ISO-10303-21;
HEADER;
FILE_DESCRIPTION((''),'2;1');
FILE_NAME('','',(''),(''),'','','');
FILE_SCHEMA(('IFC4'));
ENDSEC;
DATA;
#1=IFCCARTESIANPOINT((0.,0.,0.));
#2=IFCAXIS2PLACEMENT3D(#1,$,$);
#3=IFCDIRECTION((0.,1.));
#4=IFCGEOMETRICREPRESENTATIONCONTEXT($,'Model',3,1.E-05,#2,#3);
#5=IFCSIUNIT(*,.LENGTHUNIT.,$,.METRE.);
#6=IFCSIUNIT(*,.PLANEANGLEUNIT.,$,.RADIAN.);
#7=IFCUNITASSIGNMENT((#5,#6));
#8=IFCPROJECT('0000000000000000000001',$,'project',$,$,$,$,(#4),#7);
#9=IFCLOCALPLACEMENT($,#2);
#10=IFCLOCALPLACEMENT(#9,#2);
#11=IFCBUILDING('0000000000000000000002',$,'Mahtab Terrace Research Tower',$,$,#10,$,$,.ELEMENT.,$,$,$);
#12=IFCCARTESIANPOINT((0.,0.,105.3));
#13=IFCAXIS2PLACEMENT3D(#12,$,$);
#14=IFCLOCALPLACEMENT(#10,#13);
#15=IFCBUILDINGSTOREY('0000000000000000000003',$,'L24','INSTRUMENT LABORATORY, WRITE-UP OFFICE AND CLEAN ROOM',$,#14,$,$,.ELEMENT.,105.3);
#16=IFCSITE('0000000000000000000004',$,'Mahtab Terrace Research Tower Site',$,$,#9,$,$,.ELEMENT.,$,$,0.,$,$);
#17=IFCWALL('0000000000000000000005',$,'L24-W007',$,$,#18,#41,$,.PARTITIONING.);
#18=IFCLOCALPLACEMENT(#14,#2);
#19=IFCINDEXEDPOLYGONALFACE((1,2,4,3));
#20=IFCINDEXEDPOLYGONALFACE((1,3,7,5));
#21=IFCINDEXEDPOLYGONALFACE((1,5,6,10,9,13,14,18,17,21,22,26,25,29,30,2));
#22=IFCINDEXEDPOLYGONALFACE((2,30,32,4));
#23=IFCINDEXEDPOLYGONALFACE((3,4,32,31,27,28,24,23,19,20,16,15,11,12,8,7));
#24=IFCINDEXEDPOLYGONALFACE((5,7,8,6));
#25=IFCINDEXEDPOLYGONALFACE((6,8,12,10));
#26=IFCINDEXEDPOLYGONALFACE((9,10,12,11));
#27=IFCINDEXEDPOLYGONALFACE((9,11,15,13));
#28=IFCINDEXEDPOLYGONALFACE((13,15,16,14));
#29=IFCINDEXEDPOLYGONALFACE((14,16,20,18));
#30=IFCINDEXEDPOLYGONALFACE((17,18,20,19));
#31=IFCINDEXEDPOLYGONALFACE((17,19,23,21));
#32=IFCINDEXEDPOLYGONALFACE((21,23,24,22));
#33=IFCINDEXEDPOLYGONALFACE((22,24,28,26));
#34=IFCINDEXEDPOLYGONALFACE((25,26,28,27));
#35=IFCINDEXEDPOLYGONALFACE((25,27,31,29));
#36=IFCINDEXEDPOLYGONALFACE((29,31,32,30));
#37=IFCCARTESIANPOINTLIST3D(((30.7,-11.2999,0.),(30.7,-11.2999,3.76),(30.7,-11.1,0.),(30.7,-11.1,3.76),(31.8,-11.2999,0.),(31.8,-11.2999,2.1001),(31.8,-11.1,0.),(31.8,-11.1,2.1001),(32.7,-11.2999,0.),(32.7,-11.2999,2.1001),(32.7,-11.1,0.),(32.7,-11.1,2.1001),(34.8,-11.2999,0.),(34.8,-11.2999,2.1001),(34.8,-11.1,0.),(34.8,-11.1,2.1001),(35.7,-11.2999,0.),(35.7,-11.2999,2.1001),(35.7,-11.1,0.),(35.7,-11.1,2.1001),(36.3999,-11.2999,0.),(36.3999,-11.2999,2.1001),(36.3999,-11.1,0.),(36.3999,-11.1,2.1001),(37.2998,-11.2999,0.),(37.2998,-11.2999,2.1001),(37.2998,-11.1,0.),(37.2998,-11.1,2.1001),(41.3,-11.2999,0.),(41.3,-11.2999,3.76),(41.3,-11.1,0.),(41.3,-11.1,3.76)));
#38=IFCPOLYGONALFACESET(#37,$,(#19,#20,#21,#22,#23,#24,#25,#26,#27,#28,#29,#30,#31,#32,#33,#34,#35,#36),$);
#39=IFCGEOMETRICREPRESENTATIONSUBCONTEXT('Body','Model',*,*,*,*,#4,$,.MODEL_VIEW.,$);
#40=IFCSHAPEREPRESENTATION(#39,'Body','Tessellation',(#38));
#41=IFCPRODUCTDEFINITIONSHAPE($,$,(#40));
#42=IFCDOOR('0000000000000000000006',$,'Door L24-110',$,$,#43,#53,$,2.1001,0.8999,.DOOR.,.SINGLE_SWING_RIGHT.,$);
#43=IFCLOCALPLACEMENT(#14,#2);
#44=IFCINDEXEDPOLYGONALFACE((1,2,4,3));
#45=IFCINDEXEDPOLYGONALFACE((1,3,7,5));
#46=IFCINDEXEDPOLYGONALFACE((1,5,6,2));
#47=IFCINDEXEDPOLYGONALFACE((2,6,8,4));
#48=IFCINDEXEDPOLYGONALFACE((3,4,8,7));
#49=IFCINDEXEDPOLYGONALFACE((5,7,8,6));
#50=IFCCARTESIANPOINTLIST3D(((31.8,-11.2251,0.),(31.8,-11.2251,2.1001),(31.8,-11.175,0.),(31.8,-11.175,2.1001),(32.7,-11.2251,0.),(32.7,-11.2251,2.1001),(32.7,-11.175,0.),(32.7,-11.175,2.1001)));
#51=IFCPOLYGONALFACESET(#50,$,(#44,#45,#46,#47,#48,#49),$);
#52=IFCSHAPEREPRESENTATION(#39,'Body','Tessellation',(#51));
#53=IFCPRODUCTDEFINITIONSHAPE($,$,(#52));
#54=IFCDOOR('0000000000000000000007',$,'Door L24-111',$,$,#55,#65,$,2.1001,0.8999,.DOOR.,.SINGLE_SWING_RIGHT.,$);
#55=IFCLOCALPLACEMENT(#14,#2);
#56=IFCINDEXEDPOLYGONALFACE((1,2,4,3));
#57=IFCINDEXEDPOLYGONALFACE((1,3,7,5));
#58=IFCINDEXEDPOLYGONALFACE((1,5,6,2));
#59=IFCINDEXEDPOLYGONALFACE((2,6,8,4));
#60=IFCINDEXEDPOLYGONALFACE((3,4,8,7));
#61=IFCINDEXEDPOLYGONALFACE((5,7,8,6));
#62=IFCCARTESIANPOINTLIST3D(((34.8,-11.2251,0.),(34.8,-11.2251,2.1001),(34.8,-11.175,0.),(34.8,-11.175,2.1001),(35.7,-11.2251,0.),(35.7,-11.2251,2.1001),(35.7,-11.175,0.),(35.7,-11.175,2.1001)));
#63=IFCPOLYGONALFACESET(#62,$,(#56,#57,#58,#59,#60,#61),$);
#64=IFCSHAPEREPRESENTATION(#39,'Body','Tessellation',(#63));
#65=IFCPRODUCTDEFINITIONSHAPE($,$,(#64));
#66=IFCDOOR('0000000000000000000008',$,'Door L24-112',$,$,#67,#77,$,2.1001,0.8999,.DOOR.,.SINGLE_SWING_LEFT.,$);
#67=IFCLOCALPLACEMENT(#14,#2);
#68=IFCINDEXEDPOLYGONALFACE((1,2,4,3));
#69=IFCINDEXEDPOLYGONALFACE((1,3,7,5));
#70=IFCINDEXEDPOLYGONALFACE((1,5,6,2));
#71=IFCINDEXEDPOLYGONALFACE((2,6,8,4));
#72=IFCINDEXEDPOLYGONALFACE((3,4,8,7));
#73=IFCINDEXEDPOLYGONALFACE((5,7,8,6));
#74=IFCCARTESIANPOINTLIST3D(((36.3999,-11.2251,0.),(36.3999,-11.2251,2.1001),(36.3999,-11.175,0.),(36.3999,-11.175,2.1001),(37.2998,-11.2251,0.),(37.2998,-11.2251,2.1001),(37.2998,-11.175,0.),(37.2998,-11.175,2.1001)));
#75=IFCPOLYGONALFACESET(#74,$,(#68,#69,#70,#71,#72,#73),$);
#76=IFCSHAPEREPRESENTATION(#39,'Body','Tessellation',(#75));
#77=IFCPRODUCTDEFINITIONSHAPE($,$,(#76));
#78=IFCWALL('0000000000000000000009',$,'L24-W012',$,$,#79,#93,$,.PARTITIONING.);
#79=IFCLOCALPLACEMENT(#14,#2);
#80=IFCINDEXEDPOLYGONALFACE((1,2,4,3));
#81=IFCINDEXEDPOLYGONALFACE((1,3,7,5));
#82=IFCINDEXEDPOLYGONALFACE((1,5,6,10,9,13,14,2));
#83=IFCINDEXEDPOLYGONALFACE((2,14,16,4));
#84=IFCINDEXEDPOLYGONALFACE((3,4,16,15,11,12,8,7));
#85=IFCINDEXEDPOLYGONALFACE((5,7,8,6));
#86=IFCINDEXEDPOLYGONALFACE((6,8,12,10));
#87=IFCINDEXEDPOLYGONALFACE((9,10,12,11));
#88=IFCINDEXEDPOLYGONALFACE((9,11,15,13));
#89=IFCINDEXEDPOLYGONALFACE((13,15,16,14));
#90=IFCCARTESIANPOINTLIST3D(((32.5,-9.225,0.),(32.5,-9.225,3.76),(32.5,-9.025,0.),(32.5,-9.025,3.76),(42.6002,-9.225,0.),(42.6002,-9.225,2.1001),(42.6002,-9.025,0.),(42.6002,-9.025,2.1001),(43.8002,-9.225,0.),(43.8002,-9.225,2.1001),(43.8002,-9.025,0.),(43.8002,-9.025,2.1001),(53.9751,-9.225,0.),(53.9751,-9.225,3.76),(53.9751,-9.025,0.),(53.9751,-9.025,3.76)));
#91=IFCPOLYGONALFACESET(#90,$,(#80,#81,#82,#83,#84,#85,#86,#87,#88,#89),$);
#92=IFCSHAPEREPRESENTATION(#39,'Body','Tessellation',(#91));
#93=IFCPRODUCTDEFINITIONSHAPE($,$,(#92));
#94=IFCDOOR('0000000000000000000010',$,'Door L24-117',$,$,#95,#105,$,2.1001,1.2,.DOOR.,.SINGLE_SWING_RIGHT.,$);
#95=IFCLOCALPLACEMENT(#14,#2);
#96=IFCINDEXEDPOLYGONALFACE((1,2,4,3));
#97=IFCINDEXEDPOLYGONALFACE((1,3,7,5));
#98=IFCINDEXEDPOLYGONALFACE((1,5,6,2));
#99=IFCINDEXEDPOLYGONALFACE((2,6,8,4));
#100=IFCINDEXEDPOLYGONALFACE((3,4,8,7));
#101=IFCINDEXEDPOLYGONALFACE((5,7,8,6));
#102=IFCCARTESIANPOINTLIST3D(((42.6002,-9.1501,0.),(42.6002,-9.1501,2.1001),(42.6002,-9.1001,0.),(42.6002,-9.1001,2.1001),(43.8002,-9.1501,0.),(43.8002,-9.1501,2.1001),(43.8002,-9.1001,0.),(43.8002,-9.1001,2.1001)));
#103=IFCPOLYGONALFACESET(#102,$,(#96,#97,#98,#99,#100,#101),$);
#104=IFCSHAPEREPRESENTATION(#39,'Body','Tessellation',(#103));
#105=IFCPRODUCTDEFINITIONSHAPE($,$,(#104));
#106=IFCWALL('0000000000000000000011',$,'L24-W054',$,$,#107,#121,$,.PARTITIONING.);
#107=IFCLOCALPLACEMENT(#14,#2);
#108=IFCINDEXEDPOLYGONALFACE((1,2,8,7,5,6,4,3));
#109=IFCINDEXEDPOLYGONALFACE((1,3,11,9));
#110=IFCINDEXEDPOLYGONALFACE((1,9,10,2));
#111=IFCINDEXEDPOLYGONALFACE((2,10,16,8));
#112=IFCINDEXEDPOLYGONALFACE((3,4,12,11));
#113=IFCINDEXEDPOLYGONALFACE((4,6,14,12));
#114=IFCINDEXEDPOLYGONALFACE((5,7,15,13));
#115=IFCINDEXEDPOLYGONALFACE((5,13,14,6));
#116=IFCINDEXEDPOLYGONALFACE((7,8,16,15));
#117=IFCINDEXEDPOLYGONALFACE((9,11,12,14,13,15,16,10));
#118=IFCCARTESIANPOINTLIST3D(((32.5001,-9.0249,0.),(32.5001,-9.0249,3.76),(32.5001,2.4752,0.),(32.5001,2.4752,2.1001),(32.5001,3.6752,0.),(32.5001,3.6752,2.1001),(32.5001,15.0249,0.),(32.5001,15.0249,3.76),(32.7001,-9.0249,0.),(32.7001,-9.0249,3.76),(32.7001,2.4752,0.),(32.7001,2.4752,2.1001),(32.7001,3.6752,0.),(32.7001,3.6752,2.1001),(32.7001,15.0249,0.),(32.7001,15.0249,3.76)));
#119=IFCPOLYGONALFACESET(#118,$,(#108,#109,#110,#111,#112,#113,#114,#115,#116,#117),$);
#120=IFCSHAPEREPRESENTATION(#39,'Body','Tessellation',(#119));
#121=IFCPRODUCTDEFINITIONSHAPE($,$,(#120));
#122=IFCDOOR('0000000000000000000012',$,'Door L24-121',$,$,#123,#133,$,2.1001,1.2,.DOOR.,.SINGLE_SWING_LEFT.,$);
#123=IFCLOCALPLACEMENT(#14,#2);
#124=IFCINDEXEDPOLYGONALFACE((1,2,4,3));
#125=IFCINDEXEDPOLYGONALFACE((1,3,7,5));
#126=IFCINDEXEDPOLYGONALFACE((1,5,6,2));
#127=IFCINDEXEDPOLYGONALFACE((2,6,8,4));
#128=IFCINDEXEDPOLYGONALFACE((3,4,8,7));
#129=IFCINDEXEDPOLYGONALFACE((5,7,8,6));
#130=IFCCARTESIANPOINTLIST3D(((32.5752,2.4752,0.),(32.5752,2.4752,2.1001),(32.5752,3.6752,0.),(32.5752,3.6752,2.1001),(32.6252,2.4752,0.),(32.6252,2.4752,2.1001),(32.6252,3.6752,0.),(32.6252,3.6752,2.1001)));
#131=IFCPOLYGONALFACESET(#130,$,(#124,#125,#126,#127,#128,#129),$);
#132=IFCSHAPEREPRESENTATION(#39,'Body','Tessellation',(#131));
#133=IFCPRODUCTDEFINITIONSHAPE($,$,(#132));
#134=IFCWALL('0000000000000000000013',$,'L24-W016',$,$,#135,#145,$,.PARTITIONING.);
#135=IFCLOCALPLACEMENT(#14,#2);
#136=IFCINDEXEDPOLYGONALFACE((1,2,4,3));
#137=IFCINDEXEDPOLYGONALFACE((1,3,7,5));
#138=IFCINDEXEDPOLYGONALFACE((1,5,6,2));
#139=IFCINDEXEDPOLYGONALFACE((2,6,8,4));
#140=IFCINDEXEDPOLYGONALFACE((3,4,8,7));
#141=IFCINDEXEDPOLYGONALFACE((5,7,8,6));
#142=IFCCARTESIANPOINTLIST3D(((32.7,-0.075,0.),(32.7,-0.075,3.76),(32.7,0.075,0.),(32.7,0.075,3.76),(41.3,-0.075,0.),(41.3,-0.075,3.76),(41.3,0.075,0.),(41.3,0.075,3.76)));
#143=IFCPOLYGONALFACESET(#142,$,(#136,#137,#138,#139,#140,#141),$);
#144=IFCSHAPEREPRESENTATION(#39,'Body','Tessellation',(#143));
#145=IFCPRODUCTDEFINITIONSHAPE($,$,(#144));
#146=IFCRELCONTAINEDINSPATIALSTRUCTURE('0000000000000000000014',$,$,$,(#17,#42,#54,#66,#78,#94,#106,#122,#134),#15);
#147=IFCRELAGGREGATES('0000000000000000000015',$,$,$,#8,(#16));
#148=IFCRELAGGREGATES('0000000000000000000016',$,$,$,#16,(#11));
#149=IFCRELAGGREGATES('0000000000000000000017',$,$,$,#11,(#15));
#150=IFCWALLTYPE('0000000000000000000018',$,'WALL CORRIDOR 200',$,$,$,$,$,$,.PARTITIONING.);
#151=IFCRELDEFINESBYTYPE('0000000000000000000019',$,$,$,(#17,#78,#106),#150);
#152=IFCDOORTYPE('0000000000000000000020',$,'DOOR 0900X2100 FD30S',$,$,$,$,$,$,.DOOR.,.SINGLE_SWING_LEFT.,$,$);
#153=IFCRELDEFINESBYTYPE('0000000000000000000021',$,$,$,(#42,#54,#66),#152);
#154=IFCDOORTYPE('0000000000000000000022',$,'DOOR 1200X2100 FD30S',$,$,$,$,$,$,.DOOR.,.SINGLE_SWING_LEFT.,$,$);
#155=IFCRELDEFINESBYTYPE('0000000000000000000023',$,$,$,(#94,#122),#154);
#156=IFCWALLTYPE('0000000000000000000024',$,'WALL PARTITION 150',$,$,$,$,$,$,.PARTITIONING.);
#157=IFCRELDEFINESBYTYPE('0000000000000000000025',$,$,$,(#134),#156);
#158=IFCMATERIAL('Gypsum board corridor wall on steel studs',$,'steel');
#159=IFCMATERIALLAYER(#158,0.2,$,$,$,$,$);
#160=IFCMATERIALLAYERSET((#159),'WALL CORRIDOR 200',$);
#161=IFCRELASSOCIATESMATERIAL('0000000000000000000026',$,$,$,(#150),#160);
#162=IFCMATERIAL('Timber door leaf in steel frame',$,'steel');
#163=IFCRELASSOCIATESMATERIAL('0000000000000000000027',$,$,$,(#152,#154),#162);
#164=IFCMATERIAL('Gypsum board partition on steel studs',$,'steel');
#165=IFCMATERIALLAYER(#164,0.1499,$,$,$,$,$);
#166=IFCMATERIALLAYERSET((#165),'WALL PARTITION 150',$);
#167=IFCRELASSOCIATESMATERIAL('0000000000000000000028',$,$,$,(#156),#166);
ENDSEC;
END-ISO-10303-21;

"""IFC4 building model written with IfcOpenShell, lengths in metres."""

from ifc_helpers import new_model, si_unit, direction, frame, frame_2d, origin, place, context, subcontext, project, spatial, rectangle, extrude, material, layer, layer_set, type_object, element, fill, save


model = new_model("IFC4")

# Units and contexts
model_context = context("Model", 3, precision=1e-05, world=origin(), true_north=direction((0.0, 1.0)))
body_context = subcontext(model_context, "Body", "Model", "MODEL_VIEW")
ifc_project = project(units=[si_unit("LENGTHUNIT", "METRE"), si_unit("PLANEANGLEUNIT", "RADIAN")], contexts=[model_context])

# Site, building, storey
site_placement = place(None, origin())
site = spatial("IfcSite", under=ifc_project, at=site_placement, Name="Mahtab Terrace Research Tower Site", CompositionType="ELEMENT", RefElevation=0.0)
building_placement = place(site_placement, origin())
building = spatial("IfcBuilding", under=site, at=building_placement, Name="Mahtab Terrace Research Tower", CompositionType="ELEMENT")
storey_placement = place(building_placement, frame((0.0, 0.0, 105.3)))
storey = spatial("IfcBuildingStorey", under=building, at=storey_placement, Name="L24", Description="INSTRUMENT LABORATORY, WRITE-UP OFFICE AND CLEAN ROOM", CompositionType="ELEMENT", Elevation=105.3)

# Wall, openings, doors
ifc_material_1 = material(Name="Gypsum board corridor wall on steel studs", Category="steel")
ifc_layer_1 = layer(ifc_material_1, 0.2)
ifc_layer_set_1 = layer_set([ifc_layer_1], Name="WALL CORRIDOR 200")
wall_type_1 = type_object("IfcWallType", Name="WALL CORRIDOR 200", PredefinedType="PARTITIONING", material=ifc_layer_set_1)
wall_1_placement = place(storey_placement, frame((30.7, -11.2, 0.0), z_axis=(0.0, 0.0, 1.0), x_axis=(1.0, 0.0, 0.0)))
wall_1 = element("IfcWall", 1, at=wall_1_placement, inside=storey, type_object=wall_type_1, Name="L24-W007", PredefinedType="PARTITIONING", context=body_context, shape_type="SweptSolid", body=[
    extrude(rectangle(XDim=10.6001, YDim=0.2, at=frame_2d((5.3, 0.0))), origin(), (0.0, 0.0, 1.0), 3.76),
])
opening_1_placement = place(wall_1_placement, frame((1.1001, 0.0, 0.0)))
opening_1 = element("IfcOpeningElement", 2, at=opening_1_placement, cuts=wall_1, PredefinedType="OPENING", context=body_context, shape_type="SweptSolid", body=[
    extrude(rectangle(XDim=0.8999, YDim=2.1001, at=frame_2d((0.45, 1.05))), frame((0.0, 0.1099, 0.0), z_axis=(0.0, -1.0, 0.0), x_axis=(1.0, 0.0, 0.0)), (0.0, 0.0, 1.0), 0.22),
])
opening_2_placement = place(wall_1_placement, frame((4.1001, 0.0, 0.0)))
opening_2 = element("IfcOpeningElement", 3, at=opening_2_placement, cuts=wall_1, PredefinedType="OPENING", context=body_context, shape_type="SweptSolid", body=[
    extrude(rectangle(XDim=0.8999, YDim=2.1001, at=frame_2d((0.45, 1.05))), frame((0.0, 0.1099, 0.0), z_axis=(0.0, -1.0, 0.0), x_axis=(1.0, 0.0, 0.0)), (0.0, 0.0, 1.0), 0.22),
])
opening_3_placement = place(wall_1_placement, frame((5.7, 0.0, 0.0)))
opening_3 = element("IfcOpeningElement", 4, at=opening_3_placement, cuts=wall_1, PredefinedType="OPENING", context=body_context, shape_type="SweptSolid", body=[
    extrude(rectangle(XDim=0.8999, YDim=2.1001, at=frame_2d((0.45, 1.05))), frame((0.0, 0.1099, 0.0), z_axis=(0.0, -1.0, 0.0), x_axis=(1.0, 0.0, 0.0)), (0.0, 0.0, 1.0), 0.22),
])
ifc_material_2 = material(Name="Timber door leaf in steel frame", Category="steel")
door_type_1 = type_object("IfcDoorType", Name="DOOR 0900X2100 FD30S", OperationType="SINGLE_SWING_LEFT", PredefinedType="DOOR", material=ifc_material_2)
door_1_placement = place(opening_1_placement, origin())
door_1 = element("IfcDoor", 5, at=door_1_placement, inside=storey, type_object=door_type_1, Name="Door L24-110", OperationType="SINGLE_SWING_RIGHT", OverallHeight=2.1001, OverallWidth=0.8999, PredefinedType="DOOR", context=body_context, shape_type="SweptSolid", body=[
    extrude(rectangle(XDim=0.8999, YDim=2.1001, at=frame_2d((0.45, 1.05))), frame((0.0, 0.0249, 0.0), z_axis=(0.0, -1.0, 0.0), x_axis=(1.0, 0.0, 0.0)), (0.0, 0.0, 1.0), 0.05),
])
fill(opening_1, door_1)
door_2_placement = place(opening_2_placement, origin())
door_2 = element("IfcDoor", 6, at=door_2_placement, inside=storey, type_object=door_type_1, Name="Door L24-111", OperationType="SINGLE_SWING_RIGHT", OverallHeight=2.1001, OverallWidth=0.8999, PredefinedType="DOOR", context=body_context, shape_type="SweptSolid", body=[
    extrude(rectangle(XDim=0.8999, YDim=2.1001, at=frame_2d((0.45, 1.05))), frame((0.0, 0.0249, 0.0), z_axis=(0.0, -1.0, 0.0), x_axis=(1.0, 0.0, 0.0)), (0.0, 0.0, 1.0), 0.05),
])
fill(opening_2, door_2)
door_3_placement = place(opening_3_placement, origin())
door_3 = element("IfcDoor", 7, at=door_3_placement, inside=storey, type_object=door_type_1, Name="Door L24-112", OperationType="SINGLE_SWING_LEFT", OverallHeight=2.1001, OverallWidth=0.8999, PredefinedType="DOOR", context=body_context, shape_type="SweptSolid", body=[
    extrude(rectangle(XDim=0.8999, YDim=2.1001, at=frame_2d((0.45, 1.05))), frame((0.0, 0.0249, 0.0), z_axis=(0.0, -1.0, 0.0), x_axis=(1.0, 0.0, 0.0)), (0.0, 0.0, 1.0), 0.05),
])
fill(opening_3, door_3)

# Walls, openings, doors
wall_2_placement = place(storey_placement, frame((32.5, -9.125, 0.0), z_axis=(0.0, 0.0, 1.0), x_axis=(1.0, 0.0, 0.0)))
wall_2 = element("IfcWall", 8, at=wall_2_placement, inside=storey, type_object=wall_type_1, Name="L24-W012", PredefinedType="PARTITIONING", context=body_context, shape_type="SweptSolid", body=[
    extrude(rectangle(XDim=21.4751, YDim=0.2, at=frame_2d((10.7375, 0.0))), origin(), (0.0, 0.0, 1.0), 3.76),
])
opening_4_placement = place(wall_2_placement, frame((10.1001, 0.0, 0.0)))
opening_4 = element("IfcOpeningElement", 9, at=opening_4_placement, cuts=wall_2, PredefinedType="OPENING", context=body_context, shape_type="SweptSolid", body=[
    extrude(rectangle(XDim=1.2, YDim=2.1001, at=frame_2d((0.6001, 1.05))), frame((0.0, 0.1099, 0.0), z_axis=(0.0, -1.0, 0.0), x_axis=(1.0, 0.0, 0.0)), (0.0, 0.0, 1.0), 0.22),
])
door_type_2 = type_object("IfcDoorType", Name="DOOR 1200X2100 FD30S", OperationType="SINGLE_SWING_LEFT", PredefinedType="DOOR", material=ifc_material_2)
door_4_placement = place(opening_4_placement, origin())
door_4 = element("IfcDoor", 10, at=door_4_placement, inside=storey, type_object=door_type_2, Name="Door L24-117", OperationType="SINGLE_SWING_RIGHT", OverallHeight=2.1001, OverallWidth=1.2, PredefinedType="DOOR", context=body_context, shape_type="SweptSolid", body=[
    extrude(rectangle(XDim=1.2, YDim=2.1001, at=frame_2d((0.6001, 1.05))), frame((0.0, 0.0249, 0.0), z_axis=(0.0, -1.0, 0.0), x_axis=(1.0, 0.0, 0.0)), (0.0, 0.0, 1.0), 0.05),
])
fill(opening_4, door_4)
wall_3_placement = place(storey_placement, frame((32.6001, -9.0249, 0.0), z_axis=(0.0, 0.0, 1.0), x_axis=(0.0, 1.0, 0.0)))
wall_3 = element("IfcWall", 11, at=wall_3_placement, inside=storey, type_object=wall_type_1, Name="L24-W054", PredefinedType="PARTITIONING", context=body_context, shape_type="SweptSolid", body=[
    extrude(rectangle(XDim=24.0498, YDim=0.2, at=frame_2d((12.0249, 0.0))), origin(), (0.0, 0.0, 1.0), 3.76),
])
opening_5_placement = place(wall_3_placement, frame((11.5, 0.0, 0.0)))
opening_5 = element("IfcOpeningElement", 12, at=opening_5_placement, cuts=wall_3, PredefinedType="OPENING", context=body_context, shape_type="SweptSolid", body=[
    extrude(rectangle(XDim=1.2, YDim=2.1001, at=frame_2d((0.6001, 1.05))), frame((0.0, 0.1099, 0.0), z_axis=(0.0, -1.0, 0.0), x_axis=(1.0, 0.0, 0.0)), (0.0, 0.0, 1.0), 0.22),
])
door_5_placement = place(opening_5_placement, origin())
door_5 = element("IfcDoor", 13, at=door_5_placement, inside=storey, type_object=door_type_2, Name="Door L24-121", OperationType="SINGLE_SWING_LEFT", OverallHeight=2.1001, OverallWidth=1.2, PredefinedType="DOOR", context=body_context, shape_type="SweptSolid", body=[
    extrude(rectangle(XDim=1.2, YDim=2.1001, at=frame_2d((0.6001, 1.05))), frame((0.0, 0.0249, 0.0), z_axis=(0.0, -1.0, 0.0), x_axis=(1.0, 0.0, 0.0)), (0.0, 0.0, 1.0), 0.05),
])
fill(opening_5, door_5)

# Wall
ifc_material_3 = material(Name="Gypsum board partition on steel studs", Category="steel")
ifc_layer_2 = layer(ifc_material_3, 0.1499)
ifc_layer_set_2 = layer_set([ifc_layer_2], Name="WALL PARTITION 150")
wall_type_2 = type_object("IfcWallType", Name="WALL PARTITION 150", PredefinedType="PARTITIONING", material=ifc_layer_set_2)
wall_4_placement = place(storey_placement, frame((32.7, 0.0, 0.0), z_axis=(0.0, 0.0, 1.0), x_axis=(1.0, 0.0, 0.0)))
element("IfcWall", 14, at=wall_4_placement, inside=storey, type_object=wall_type_2, Name="L24-W016", PredefinedType="PARTITIONING", context=body_context, shape_type="SweptSolid", body=[
    extrude(rectangle(XDim=8.6001, YDim=0.1499, at=frame_2d((4.3, 0.0))), origin(), (0.0, 0.0, 1.0), 3.76),
])

save(model, "model.ifc")
